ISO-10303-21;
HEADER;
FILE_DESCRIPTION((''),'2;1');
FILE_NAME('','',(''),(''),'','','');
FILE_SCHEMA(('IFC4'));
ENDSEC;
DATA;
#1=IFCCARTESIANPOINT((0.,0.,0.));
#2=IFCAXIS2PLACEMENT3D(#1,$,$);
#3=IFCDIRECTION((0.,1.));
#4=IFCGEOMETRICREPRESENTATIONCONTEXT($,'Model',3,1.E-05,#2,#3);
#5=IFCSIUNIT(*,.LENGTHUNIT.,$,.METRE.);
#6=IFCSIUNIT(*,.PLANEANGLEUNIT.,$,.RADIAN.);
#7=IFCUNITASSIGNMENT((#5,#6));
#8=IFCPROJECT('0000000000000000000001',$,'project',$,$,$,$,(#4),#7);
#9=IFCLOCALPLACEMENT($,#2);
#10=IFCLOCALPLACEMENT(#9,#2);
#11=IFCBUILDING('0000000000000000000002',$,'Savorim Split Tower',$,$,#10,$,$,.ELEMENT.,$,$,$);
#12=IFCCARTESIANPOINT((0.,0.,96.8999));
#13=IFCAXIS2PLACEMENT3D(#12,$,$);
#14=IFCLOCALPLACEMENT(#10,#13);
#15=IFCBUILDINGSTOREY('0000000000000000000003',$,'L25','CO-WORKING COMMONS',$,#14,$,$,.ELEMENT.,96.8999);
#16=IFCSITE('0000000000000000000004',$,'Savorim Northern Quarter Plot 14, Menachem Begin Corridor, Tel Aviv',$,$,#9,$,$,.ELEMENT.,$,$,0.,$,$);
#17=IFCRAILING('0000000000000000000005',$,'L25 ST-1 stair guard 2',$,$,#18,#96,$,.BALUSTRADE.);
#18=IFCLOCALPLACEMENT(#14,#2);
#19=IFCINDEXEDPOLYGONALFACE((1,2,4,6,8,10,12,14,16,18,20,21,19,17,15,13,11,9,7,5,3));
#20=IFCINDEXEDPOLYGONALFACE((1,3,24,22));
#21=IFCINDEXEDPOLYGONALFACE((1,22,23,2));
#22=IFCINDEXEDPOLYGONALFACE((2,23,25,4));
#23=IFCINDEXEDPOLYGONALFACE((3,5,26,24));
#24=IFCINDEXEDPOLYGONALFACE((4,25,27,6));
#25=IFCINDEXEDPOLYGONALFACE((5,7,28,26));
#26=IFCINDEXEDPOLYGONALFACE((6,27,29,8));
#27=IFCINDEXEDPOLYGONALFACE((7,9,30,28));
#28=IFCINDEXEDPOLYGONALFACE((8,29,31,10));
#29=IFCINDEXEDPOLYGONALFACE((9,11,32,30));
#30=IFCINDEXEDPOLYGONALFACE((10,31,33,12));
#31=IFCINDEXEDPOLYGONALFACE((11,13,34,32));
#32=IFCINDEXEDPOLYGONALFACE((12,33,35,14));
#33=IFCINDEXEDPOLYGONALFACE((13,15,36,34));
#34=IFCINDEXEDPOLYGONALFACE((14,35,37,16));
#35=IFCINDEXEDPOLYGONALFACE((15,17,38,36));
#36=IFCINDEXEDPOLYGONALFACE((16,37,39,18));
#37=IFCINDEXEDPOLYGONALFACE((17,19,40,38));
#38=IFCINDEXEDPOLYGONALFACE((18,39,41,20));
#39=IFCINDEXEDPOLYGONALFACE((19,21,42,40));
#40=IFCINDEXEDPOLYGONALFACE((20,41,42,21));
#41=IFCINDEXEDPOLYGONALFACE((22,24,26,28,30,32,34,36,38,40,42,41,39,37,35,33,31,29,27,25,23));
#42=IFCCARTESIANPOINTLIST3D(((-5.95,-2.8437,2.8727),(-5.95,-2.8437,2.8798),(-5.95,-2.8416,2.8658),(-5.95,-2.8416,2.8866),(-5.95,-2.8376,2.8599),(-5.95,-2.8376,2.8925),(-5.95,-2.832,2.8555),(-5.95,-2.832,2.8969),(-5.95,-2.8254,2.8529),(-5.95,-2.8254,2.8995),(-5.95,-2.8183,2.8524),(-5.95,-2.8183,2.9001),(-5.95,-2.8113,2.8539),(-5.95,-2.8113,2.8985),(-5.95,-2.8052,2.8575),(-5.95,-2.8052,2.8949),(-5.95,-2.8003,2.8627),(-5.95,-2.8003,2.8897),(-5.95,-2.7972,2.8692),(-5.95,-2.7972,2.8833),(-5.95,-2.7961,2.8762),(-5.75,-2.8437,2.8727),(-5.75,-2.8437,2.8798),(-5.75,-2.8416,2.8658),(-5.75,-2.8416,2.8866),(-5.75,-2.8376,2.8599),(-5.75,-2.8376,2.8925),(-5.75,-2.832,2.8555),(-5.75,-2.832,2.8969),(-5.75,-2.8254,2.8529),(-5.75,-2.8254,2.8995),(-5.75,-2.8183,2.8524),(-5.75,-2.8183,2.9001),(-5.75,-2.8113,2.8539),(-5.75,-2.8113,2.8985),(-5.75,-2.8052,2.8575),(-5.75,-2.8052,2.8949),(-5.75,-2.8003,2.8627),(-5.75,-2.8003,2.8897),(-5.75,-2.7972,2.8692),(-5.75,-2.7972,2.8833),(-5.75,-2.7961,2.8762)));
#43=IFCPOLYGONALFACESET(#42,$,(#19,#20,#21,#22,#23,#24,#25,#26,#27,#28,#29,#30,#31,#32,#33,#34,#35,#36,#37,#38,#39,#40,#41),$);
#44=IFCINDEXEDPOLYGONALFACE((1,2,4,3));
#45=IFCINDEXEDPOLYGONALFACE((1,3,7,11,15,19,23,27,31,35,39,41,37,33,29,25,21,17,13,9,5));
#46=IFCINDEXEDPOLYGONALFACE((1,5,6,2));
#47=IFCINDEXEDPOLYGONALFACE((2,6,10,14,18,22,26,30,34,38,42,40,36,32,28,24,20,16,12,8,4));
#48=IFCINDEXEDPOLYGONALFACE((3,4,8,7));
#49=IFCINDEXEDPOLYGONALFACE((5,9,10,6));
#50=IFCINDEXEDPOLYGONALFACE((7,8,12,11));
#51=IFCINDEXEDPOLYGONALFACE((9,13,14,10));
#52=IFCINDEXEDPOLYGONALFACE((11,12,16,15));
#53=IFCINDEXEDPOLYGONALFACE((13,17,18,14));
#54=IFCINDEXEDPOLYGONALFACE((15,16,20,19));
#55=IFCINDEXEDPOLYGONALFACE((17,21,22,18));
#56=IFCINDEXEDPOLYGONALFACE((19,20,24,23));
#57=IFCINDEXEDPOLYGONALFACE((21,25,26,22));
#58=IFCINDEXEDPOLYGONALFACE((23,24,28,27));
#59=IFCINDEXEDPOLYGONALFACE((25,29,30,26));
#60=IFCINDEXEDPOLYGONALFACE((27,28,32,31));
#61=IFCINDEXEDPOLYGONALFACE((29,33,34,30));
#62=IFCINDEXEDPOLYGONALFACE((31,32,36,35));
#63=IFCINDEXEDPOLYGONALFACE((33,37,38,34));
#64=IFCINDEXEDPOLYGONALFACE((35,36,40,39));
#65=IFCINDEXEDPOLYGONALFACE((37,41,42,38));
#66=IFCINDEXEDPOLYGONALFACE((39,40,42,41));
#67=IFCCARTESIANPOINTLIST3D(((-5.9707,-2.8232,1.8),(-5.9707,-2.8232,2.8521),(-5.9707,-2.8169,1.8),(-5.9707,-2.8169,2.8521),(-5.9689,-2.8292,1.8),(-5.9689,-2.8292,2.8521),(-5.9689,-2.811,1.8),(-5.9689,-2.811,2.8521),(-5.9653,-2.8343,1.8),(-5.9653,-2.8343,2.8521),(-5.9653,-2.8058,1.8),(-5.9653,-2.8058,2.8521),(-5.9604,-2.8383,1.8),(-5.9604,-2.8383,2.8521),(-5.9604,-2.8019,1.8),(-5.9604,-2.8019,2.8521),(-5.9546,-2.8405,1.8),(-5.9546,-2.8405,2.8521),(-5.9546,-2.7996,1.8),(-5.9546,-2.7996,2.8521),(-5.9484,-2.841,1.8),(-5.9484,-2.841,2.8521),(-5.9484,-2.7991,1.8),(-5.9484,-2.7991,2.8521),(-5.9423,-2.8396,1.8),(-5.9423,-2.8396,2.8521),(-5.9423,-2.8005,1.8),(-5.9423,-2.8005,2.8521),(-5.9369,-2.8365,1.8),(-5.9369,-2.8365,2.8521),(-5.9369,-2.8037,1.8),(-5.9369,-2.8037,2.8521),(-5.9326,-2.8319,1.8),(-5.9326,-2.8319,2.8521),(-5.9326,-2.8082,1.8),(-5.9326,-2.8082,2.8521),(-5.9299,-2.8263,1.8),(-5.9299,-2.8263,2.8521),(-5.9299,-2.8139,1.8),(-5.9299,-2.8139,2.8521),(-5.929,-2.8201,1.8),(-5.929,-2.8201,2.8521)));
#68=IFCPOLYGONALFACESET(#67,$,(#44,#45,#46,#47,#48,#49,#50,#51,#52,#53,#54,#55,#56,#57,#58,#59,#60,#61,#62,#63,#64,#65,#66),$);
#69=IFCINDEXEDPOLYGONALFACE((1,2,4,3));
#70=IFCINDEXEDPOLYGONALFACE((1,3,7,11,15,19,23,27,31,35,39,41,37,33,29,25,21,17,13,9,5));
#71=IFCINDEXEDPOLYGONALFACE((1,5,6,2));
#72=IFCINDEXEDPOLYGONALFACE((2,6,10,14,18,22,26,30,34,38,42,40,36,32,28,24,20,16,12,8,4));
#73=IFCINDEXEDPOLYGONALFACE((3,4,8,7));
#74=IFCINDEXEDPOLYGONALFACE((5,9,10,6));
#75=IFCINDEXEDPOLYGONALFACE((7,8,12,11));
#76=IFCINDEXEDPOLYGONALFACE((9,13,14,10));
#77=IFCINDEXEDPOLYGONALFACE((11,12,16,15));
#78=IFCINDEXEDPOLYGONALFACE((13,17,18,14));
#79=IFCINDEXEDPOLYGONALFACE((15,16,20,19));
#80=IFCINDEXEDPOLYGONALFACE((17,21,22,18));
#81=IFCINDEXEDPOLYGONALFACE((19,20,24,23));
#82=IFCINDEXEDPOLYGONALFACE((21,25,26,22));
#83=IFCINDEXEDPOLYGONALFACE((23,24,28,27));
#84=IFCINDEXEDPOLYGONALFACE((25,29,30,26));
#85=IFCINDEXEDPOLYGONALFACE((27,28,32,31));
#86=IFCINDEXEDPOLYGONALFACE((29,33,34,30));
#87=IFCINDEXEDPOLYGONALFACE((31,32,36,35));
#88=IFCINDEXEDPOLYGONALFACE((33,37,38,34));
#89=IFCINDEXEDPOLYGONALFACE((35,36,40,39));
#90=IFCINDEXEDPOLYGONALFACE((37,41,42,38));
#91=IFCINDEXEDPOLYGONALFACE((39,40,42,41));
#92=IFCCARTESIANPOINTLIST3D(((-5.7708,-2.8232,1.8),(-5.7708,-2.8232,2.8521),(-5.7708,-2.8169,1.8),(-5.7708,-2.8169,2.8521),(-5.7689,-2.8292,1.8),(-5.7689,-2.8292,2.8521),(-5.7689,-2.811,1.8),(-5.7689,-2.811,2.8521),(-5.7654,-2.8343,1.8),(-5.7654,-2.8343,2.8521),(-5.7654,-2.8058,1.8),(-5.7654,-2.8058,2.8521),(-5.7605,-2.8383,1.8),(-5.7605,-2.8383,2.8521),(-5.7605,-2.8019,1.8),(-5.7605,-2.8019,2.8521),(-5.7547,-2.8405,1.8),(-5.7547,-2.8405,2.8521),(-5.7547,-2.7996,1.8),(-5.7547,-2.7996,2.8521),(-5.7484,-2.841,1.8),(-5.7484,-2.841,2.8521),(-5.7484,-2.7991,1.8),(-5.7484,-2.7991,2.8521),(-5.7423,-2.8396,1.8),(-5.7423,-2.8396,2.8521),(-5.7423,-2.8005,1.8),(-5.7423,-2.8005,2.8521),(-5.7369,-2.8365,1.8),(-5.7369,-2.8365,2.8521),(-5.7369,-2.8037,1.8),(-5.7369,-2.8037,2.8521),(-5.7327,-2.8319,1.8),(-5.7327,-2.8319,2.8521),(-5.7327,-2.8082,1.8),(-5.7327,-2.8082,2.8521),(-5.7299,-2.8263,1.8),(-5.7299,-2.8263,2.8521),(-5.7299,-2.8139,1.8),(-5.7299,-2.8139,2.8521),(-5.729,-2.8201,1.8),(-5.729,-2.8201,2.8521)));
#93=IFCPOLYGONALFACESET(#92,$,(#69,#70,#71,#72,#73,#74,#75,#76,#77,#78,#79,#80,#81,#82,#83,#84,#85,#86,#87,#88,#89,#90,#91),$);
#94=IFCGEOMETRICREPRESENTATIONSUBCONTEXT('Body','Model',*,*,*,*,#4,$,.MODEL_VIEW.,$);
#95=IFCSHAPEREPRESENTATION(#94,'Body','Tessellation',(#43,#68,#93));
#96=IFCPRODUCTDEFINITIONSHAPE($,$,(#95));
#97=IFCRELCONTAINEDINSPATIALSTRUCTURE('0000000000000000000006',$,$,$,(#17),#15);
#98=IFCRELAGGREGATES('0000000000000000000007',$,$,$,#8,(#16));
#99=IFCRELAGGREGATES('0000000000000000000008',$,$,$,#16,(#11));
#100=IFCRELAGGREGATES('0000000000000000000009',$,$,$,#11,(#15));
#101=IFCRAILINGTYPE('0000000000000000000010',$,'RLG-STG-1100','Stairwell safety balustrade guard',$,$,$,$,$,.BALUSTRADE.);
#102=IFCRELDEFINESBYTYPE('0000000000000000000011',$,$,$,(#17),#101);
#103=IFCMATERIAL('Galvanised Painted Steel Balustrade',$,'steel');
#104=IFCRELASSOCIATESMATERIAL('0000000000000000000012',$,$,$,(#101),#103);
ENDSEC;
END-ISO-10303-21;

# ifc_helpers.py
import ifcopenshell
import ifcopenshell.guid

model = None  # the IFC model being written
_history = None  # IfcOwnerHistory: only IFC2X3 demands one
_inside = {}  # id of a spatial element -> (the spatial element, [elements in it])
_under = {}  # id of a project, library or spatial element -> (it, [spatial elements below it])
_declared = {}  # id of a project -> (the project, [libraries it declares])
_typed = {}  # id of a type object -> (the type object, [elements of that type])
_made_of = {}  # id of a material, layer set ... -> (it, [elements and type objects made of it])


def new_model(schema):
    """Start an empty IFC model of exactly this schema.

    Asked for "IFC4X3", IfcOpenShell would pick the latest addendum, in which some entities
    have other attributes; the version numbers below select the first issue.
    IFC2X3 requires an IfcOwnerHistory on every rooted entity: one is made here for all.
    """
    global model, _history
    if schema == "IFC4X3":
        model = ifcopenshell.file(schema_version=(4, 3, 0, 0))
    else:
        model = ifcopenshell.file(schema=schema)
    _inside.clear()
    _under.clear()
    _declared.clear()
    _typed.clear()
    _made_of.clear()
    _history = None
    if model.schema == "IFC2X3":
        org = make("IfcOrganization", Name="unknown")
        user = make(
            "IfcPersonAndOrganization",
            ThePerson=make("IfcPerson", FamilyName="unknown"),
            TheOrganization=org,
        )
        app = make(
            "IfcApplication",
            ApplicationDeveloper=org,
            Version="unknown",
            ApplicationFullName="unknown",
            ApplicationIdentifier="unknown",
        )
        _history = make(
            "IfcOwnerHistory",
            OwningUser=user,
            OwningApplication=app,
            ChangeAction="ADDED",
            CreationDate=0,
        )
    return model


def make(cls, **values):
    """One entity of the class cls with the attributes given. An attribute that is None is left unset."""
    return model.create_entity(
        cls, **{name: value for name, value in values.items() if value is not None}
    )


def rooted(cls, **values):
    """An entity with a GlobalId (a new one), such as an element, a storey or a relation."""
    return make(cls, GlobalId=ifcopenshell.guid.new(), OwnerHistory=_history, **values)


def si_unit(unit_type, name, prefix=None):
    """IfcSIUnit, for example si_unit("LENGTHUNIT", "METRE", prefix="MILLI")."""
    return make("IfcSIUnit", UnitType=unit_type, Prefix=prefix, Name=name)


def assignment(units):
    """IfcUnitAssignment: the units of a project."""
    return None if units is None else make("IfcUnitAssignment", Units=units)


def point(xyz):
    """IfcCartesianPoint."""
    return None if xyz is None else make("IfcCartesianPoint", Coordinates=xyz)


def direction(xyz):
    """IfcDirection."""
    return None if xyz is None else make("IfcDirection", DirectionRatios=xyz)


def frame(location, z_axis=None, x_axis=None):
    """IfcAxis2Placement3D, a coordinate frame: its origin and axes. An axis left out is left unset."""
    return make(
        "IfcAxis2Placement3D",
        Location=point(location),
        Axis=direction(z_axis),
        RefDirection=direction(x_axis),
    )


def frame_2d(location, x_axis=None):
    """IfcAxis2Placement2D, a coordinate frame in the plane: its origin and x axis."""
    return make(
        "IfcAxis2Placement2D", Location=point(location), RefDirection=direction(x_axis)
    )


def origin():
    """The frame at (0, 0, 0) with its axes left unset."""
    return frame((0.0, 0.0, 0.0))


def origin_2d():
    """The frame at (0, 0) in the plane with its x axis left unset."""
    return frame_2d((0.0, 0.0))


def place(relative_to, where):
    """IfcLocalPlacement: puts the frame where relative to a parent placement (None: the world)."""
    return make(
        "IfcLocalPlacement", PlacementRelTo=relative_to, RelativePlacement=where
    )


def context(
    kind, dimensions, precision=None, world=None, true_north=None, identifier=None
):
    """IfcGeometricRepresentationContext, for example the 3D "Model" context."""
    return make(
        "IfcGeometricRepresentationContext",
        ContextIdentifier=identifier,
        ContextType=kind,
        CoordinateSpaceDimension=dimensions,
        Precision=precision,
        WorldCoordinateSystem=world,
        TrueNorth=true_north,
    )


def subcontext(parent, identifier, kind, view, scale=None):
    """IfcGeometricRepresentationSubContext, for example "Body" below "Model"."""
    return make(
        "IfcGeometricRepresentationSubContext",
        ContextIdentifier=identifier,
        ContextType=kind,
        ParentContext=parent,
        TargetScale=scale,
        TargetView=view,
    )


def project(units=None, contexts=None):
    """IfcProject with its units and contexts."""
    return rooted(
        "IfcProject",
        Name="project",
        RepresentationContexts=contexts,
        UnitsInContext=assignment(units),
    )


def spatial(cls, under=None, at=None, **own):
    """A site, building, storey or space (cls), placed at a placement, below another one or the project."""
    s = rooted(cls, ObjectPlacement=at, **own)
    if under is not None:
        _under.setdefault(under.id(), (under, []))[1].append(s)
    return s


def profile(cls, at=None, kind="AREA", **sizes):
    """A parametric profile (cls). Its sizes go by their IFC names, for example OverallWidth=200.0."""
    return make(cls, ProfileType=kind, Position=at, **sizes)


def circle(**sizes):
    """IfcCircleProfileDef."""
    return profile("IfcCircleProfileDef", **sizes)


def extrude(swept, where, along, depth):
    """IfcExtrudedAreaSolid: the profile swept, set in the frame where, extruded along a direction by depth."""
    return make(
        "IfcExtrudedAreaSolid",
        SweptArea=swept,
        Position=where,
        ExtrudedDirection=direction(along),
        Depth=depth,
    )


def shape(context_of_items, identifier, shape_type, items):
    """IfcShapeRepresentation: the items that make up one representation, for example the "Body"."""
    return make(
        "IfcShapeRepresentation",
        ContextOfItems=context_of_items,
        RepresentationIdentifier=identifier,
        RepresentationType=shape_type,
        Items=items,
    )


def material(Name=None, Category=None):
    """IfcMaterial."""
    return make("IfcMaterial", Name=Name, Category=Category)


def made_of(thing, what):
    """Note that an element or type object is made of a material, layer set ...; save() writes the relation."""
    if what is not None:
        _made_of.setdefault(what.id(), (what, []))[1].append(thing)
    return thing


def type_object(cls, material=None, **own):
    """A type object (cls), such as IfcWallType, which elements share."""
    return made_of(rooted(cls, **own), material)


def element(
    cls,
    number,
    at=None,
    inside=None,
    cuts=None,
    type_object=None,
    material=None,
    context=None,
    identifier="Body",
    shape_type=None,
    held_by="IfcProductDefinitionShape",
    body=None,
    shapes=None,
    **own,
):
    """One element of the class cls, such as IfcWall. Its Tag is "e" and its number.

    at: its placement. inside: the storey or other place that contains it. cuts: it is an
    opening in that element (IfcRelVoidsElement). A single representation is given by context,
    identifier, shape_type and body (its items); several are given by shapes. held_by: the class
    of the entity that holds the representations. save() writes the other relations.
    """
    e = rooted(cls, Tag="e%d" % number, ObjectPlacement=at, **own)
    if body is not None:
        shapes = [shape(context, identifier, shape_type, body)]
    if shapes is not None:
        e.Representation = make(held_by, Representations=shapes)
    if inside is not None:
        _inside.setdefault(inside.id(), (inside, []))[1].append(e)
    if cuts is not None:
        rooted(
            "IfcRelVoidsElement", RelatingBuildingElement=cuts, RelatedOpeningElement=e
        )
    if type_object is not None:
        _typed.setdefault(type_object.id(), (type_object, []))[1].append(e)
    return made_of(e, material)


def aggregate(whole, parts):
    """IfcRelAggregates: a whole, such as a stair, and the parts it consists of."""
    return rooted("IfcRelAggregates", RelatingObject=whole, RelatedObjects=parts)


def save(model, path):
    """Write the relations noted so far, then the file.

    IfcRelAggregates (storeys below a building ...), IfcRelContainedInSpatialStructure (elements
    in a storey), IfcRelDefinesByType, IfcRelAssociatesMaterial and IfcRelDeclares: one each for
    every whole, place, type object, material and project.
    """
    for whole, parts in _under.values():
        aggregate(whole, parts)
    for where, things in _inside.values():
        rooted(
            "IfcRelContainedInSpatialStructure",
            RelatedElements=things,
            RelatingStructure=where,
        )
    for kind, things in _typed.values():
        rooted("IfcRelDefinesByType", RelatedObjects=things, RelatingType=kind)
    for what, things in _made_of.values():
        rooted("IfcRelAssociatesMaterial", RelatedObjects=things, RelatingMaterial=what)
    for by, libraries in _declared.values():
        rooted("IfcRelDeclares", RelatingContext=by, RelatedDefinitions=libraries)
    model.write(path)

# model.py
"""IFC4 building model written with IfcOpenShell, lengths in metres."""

from ifc_helpers import new_model, si_unit, direction, frame, origin, origin_2d, place, context, subcontext, project, spatial, circle, extrude, material, type_object, element, save


model = new_model("IFC4")

# Units and contexts
model_context = context("Model", 3, precision=1e-05, world=origin(), true_north=direction((0.0, 1.0)))
body_context = subcontext(model_context, "Body", "Model", "MODEL_VIEW")
ifc_project = project(units=[si_unit("LENGTHUNIT", "METRE"), si_unit("PLANEANGLEUNIT", "RADIAN")], contexts=[model_context])

# Site, building, storey
site_placement = place(None, origin())
site = spatial("IfcSite", under=ifc_project, at=site_placement, Name="Savorim Northern Quarter Plot 14, Menachem Begin Corridor, Tel Aviv", CompositionType="ELEMENT", RefElevation=0.0)
building_placement = place(site_placement, origin())
building = spatial("IfcBuilding", under=site, at=building_placement, Name="Savorim Split Tower", CompositionType="ELEMENT")
storey_placement = place(building_placement, frame((0.0, 0.0, 96.8999)))
storey = spatial("IfcBuildingStorey", under=building, at=storey_placement, Name="L25", Description="CO-WORKING COMMONS", CompositionType="ELEMENT", Elevation=96.8999)

# Railing
ifc_material_1 = material(Name="Galvanised Painted Steel Balustrade", Category="steel")
railing_type_1 = type_object("IfcRailingType", Name="RLG-STG-1100", Description="Stairwell safety balustrade guard", PredefinedType="BALUSTRADE", material=ifc_material_1)
railing_1_placement = place(storey_placement, frame((-5.95, -2.8201, 1.8)))
element("IfcRailing", 1, at=railing_1_placement, inside=storey, type_object=railing_type_1, Name="L25 ST-1 stair guard 2", PredefinedType="BALUSTRADE", context=body_context, shape_type="SweptSolid", body=[
    extrude(circle(Radius=0.0239, at=origin_2d()), frame((0.0, 0.0, 1.0762), z_axis=(1.0, 0.0, 0.0), x_axis=(0.0, 1.0, 0.0)), (0.0, 0.0, 1.0), 0.2),
    extrude(circle(Radius=0.021, at=origin_2d()), origin(), (0.0, 0.0, 1.0), 1.052),
    extrude(circle(Radius=0.021, at=origin_2d()), frame((0.2, 0.0, 0.0)), (0.0, 0.0, 1.0), 1.052),
])

save(model, "model.ifc")
